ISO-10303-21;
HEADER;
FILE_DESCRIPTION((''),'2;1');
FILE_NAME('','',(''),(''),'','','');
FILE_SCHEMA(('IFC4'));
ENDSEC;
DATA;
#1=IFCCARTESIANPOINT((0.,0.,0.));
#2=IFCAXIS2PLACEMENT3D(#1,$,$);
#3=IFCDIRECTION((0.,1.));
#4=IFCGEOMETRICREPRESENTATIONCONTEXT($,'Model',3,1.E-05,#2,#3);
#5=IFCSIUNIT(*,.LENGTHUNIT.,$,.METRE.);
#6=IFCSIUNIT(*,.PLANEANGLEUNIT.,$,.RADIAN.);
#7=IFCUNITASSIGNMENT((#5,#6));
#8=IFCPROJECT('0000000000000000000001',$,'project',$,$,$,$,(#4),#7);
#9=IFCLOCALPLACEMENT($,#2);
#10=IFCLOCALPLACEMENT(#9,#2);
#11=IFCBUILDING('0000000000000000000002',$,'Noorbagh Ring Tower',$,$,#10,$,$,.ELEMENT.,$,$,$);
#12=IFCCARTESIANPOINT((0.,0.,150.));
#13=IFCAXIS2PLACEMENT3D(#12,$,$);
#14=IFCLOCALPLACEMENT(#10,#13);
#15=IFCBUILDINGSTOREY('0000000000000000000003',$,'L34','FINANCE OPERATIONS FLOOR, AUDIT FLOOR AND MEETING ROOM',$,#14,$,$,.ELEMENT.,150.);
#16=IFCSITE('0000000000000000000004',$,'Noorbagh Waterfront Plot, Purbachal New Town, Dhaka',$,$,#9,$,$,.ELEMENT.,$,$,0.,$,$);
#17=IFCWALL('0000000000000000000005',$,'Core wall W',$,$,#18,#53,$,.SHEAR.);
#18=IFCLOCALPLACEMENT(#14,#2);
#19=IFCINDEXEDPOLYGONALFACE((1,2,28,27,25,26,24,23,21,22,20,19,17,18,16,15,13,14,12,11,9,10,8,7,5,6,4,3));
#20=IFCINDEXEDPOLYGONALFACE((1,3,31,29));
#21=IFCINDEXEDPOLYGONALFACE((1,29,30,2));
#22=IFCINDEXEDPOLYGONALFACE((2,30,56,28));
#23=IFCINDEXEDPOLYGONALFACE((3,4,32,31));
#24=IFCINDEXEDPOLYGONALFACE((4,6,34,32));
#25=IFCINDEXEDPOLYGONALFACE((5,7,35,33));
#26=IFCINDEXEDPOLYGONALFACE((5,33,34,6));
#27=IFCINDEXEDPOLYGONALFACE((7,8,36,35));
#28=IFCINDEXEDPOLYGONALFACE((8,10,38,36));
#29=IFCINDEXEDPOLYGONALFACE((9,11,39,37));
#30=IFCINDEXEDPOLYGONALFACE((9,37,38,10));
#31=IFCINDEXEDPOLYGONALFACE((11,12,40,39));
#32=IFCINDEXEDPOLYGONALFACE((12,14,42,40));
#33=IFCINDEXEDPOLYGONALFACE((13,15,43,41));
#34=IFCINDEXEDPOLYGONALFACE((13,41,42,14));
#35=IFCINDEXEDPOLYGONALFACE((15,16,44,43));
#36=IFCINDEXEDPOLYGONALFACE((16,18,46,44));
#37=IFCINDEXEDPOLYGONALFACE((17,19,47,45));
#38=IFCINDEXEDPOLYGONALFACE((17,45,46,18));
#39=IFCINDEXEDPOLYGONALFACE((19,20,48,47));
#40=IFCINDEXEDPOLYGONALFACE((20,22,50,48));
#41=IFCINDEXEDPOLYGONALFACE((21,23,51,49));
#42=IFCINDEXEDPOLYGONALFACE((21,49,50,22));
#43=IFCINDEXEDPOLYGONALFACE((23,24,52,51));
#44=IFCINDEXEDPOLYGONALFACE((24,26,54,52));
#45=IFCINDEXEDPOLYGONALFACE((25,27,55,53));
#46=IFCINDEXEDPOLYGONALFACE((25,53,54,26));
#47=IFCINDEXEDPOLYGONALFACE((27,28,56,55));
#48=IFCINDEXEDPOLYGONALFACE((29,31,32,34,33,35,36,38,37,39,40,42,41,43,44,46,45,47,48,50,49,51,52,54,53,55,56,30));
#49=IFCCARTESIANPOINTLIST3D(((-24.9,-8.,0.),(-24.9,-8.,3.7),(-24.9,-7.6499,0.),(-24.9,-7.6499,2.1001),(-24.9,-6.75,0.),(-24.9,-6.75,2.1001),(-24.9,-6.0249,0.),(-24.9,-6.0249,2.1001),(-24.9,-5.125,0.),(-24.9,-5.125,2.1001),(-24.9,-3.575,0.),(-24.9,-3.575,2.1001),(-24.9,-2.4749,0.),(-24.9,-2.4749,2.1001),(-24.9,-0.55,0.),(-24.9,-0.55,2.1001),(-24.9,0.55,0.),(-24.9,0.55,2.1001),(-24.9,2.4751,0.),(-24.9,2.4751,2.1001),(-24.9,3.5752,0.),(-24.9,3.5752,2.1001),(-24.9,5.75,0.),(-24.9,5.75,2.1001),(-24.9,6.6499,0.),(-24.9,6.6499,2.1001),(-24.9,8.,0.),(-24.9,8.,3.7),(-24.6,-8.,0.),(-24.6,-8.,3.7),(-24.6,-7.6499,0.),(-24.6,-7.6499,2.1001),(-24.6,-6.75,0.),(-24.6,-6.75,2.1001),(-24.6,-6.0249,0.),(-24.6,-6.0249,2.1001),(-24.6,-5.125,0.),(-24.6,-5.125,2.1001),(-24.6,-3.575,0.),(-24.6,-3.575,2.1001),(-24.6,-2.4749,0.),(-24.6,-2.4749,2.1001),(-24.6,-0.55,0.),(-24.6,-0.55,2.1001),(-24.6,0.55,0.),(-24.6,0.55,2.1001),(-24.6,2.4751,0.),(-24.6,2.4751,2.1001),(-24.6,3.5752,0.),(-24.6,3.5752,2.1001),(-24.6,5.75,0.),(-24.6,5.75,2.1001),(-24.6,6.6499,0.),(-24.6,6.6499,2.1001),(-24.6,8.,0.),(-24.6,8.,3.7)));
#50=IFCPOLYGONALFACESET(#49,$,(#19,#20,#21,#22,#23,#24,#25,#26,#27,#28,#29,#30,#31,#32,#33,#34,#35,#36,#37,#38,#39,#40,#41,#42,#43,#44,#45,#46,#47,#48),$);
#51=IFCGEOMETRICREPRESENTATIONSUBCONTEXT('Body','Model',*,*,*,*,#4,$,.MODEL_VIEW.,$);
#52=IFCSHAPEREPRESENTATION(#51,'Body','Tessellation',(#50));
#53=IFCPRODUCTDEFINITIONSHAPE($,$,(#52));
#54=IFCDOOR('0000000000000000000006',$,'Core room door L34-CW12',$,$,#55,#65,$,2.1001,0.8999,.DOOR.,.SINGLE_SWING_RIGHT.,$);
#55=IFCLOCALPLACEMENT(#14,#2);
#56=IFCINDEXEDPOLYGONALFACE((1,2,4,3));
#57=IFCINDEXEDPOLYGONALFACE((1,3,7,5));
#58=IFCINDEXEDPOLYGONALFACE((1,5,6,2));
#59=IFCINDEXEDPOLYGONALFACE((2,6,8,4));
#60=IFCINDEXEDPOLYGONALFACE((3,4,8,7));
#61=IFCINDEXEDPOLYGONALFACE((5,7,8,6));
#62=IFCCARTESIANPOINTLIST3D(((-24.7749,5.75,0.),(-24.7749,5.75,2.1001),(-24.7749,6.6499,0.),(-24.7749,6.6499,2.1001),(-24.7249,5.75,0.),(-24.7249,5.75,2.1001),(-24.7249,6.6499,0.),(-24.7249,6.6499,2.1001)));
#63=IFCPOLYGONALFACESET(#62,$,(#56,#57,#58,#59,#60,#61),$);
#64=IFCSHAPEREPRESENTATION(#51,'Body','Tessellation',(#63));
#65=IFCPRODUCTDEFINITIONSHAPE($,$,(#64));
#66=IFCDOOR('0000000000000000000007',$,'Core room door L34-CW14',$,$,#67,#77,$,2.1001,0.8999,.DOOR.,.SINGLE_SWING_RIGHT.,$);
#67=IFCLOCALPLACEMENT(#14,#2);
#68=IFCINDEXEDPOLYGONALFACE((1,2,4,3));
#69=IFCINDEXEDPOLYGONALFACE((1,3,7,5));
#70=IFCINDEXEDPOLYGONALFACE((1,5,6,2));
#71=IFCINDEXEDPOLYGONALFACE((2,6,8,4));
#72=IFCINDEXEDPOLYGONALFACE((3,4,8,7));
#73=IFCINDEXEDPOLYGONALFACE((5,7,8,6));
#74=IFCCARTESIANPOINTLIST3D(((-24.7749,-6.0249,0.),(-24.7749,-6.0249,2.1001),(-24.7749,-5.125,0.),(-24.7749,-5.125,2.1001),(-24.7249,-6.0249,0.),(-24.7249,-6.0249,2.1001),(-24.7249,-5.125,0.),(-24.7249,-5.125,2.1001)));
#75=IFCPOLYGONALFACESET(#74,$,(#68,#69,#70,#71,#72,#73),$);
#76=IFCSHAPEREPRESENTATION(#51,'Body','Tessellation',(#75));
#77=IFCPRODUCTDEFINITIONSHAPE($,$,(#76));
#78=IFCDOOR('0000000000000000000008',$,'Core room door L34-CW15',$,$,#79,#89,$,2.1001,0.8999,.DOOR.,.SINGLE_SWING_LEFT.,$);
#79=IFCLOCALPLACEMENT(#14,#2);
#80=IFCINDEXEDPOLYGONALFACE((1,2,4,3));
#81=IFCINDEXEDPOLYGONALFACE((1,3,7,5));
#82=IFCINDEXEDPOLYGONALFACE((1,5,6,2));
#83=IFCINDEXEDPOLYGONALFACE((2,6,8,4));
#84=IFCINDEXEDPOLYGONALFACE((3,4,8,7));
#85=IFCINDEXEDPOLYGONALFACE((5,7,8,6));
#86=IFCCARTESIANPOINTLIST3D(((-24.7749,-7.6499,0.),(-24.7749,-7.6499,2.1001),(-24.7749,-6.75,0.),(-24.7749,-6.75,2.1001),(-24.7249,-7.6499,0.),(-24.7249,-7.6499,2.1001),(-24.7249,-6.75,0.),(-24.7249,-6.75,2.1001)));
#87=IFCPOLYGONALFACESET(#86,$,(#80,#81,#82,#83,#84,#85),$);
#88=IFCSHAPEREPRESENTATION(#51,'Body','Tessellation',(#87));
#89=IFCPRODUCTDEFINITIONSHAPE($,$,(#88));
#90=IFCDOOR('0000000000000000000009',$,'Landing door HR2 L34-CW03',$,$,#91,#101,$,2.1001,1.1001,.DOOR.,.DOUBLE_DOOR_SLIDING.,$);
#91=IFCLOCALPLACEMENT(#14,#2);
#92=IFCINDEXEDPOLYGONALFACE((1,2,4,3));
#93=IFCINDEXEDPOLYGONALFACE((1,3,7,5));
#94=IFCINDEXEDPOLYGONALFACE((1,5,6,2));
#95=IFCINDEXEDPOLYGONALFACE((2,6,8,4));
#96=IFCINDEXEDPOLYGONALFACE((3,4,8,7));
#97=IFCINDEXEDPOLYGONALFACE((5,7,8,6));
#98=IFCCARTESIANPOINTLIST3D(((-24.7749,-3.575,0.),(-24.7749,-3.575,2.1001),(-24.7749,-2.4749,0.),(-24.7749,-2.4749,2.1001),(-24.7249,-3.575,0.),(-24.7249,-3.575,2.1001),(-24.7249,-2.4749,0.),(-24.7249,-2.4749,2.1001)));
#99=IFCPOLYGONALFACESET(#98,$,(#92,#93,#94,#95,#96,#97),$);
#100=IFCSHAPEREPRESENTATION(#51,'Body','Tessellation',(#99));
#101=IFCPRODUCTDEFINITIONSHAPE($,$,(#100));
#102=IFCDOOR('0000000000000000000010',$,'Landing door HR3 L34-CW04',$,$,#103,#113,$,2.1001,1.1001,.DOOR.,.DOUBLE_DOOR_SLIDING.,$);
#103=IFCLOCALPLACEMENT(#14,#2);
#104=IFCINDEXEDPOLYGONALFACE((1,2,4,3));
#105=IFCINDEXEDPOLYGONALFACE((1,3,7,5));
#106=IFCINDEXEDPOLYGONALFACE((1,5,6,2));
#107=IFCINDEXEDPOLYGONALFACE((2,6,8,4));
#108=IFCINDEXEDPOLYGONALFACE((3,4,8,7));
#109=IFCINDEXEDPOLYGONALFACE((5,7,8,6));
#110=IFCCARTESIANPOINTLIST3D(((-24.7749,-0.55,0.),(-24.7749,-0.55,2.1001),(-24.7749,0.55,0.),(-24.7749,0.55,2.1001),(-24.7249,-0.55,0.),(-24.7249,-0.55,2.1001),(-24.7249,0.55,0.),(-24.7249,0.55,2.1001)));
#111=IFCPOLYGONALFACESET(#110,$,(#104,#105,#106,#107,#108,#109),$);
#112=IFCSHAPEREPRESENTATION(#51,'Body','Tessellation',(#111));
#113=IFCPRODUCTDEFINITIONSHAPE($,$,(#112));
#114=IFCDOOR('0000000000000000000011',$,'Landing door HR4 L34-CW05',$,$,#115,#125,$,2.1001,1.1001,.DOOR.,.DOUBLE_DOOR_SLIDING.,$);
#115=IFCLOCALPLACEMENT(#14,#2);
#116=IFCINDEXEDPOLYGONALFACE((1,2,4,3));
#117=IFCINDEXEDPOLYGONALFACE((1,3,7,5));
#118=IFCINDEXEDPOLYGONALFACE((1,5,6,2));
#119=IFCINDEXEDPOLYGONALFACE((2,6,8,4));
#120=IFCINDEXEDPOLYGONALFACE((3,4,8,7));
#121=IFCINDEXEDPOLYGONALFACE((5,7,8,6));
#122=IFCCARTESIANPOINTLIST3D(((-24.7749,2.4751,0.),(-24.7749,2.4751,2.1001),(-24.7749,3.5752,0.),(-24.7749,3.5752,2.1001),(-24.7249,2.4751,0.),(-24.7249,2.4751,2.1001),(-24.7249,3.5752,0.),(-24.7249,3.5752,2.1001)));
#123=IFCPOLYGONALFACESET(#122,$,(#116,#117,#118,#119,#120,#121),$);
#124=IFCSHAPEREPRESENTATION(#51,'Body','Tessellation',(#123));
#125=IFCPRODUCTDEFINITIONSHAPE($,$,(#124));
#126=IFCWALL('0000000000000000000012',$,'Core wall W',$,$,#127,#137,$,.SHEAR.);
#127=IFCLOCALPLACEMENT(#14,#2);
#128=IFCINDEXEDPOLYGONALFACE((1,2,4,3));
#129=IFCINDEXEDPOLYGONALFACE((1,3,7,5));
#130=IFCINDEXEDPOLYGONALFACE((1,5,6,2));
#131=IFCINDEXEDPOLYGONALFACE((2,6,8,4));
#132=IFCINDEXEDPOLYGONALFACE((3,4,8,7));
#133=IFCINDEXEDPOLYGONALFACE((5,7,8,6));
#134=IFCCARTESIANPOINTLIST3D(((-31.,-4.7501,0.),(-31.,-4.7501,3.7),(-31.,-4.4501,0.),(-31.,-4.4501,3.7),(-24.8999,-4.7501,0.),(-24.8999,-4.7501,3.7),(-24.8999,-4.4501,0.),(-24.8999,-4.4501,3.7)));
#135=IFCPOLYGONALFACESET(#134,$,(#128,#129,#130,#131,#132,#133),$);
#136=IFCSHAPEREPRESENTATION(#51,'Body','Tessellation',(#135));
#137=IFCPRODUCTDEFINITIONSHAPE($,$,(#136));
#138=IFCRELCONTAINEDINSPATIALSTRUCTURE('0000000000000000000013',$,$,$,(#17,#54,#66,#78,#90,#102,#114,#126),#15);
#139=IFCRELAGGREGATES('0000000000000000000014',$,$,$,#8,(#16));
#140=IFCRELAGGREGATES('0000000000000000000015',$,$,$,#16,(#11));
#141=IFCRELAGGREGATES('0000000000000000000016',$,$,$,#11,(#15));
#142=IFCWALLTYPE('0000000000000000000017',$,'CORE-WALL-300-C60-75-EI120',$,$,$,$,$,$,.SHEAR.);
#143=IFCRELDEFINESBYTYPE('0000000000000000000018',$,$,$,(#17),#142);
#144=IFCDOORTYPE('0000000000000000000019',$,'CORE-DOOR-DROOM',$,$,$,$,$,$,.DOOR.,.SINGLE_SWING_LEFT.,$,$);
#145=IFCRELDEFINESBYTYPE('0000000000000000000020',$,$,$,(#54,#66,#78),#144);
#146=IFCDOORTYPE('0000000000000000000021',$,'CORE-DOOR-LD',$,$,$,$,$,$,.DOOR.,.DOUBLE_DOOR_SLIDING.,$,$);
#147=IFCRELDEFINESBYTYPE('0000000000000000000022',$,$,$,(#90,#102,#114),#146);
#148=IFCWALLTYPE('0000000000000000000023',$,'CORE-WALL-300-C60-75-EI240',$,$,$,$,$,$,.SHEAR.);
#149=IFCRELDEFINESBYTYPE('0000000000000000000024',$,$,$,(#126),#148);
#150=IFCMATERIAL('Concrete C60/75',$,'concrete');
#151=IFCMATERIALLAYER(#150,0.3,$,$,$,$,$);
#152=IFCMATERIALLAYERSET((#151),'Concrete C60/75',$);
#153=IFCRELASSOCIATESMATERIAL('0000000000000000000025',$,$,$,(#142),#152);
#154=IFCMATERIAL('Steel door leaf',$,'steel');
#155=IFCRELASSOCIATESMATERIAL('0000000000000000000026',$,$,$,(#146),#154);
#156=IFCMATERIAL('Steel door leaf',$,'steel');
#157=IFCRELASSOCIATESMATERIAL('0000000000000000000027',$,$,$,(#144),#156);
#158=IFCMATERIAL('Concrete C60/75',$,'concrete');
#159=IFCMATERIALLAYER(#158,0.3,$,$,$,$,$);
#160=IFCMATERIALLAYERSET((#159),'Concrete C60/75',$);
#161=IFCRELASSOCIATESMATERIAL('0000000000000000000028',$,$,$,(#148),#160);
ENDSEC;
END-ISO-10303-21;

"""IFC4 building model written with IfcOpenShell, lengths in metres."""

from ifc_helpers import new_model, si_unit, direction, frame, frame_2d, origin, place, context, subcontext, project, spatial, rectangle, extrude, material, layer, layer_set, type_object, element, fill, save


model = new_model("IFC4")

# Units and contexts
model_context = context("Model", 3, precision=1e-05, world=origin(), true_north=direction((0.0, 1.0)))
body_context = subcontext(model_context, "Body", "Model", "MODEL_VIEW")
ifc_project = project(units=[si_unit("LENGTHUNIT", "METRE"), si_unit("PLANEANGLEUNIT", "RADIAN")], contexts=[model_context])

# Site, building, storey
site_placement = place(None, origin())
site = spatial("IfcSite", under=ifc_project, at=site_placement, Name="Noorbagh Waterfront Plot, Purbachal New Town, Dhaka", CompositionType="ELEMENT", RefElevation=0.0)
building_placement = place(site_placement, origin())
building = spatial("IfcBuilding", under=site, at=building_placement, Name="Noorbagh Ring Tower", CompositionType="ELEMENT")
storey_placement = place(building_placement, frame((0.0, 0.0, 150.0)))
storey = spatial("IfcBuildingStorey", under=building, at=storey_placement, Name="L34", Description="FINANCE OPERATIONS FLOOR, AUDIT FLOOR AND MEETING ROOM", CompositionType="ELEMENT", Elevation=150.0)

# Wall, openings, doors
ifc_material_1 = material(Name="Concrete C60/75", Category="concrete")
ifc_layer_1 = layer(ifc_material_1, 0.3)
ifc_layer_set_1 = layer_set([ifc_layer_1], Name="Concrete C60/75")
wall_type_1 = type_object("IfcWallType", Name="CORE-WALL-300-C60-75-EI120", PredefinedType="SHEAR", material=ifc_layer_set_1)
ifc_material_2 = material(Name="Steel door leaf", Category="steel")
door_type_1 = type_object("IfcDoorType", Name="CORE-DOOR-LD", OperationType="DOUBLE_DOOR_SLIDING", PredefinedType="DOOR", material=ifc_material_2)
wall_1_placement = place(storey_placement, frame((-24.75, -8.0, 0.0), z_axis=(0.0, 0.0, 1.0), x_axis=(0.0, 1.0, 0.0)))
wall_1 = element("IfcWall", 1, at=wall_1_placement, inside=storey, type_object=wall_type_1, Name="Core wall W", PredefinedType="SHEAR", context=body_context, shape_type="SweptSolid", body=[
    extrude(rectangle(XDim=16.0, YDim=0.3, at=frame_2d((8.0, 0.0))), origin(), (0.0, 0.0, 1.0), 3.7),
])
opening_1_placement = place(wall_1_placement, frame((4.425, 0.0, 0.0)))
opening_1 = element("IfcOpeningElement", 2, at=opening_1_placement, cuts=wall_1, PredefinedType="OPENING", context=body_context, shape_type="SweptSolid", body=[
    extrude(rectangle(XDim=1.1001, YDim=2.1001, at=frame_2d((0.55, 1.05))), frame((0.0, 0.1602, 0.0), z_axis=(0.0, -1.0, 0.0), x_axis=(1.0, 0.0, 0.0)), (0.0, 0.0, 1.0), 0.3201),
])
opening_2_placement = place(wall_1_placement, frame((7.45, 0.0, 0.0)))
opening_2 = element("IfcOpeningElement", 3, at=opening_2_placement, cuts=wall_1, PredefinedType="OPENING", context=body_context, shape_type="SweptSolid", body=[
    extrude(rectangle(XDim=1.1001, YDim=2.1001, at=frame_2d((0.55, 1.05))), frame((0.0, 0.1602, 0.0), z_axis=(0.0, -1.0, 0.0), x_axis=(1.0, 0.0, 0.0)), (0.0, 0.0, 1.0), 0.3201),
])
opening_3_placement = place(wall_1_placement, frame((10.4751, 0.0, 0.0)))
opening_3 = element("IfcOpeningElement", 4, at=opening_3_placement, cuts=wall_1, PredefinedType="OPENING", context=body_context, shape_type="SweptSolid", body=[
    extrude(rectangle(XDim=1.1001, YDim=2.1001, at=frame_2d((0.55, 1.05))), frame((0.0, 0.1602, 0.0), z_axis=(0.0, -1.0, 0.0), x_axis=(1.0, 0.0, 0.0)), (0.0, 0.0, 1.0), 0.3201),
])
opening_4_placement = place(wall_1_placement, frame((13.75, 0.0, 0.0)))
opening_4 = element("IfcOpeningElement", 5, at=opening_4_placement, cuts=wall_1, PredefinedType="OPENING", context=body_context, shape_type="SweptSolid", body=[
    extrude(rectangle(XDim=0.8999, YDim=2.1001, at=frame_2d((0.45, 1.05))), frame((0.0, 0.1602, 0.0), z_axis=(0.0, -1.0, 0.0), x_axis=(1.0, 0.0, 0.0)), (0.0, 0.0, 1.0), 0.3201),
])
opening_5_placement = place(wall_1_placement, frame((1.9751, 0.0, 0.0)))
opening_5 = element("IfcOpeningElement", 6, at=opening_5_placement, cuts=wall_1, PredefinedType="OPENING", context=body_context, shape_type="SweptSolid", body=[
    extrude(rectangle(XDim=0.8999, YDim=2.1001, at=frame_2d((0.45, 1.05))), frame((0.0, 0.1602, 0.0), z_axis=(0.0, -1.0, 0.0), x_axis=(1.0, 0.0, 0.0)), (0.0, 0.0, 1.0), 0.3201),
])
opening_6_placement = place(wall_1_placement, frame((0.3501, 0.0, 0.0)))
opening_6 = element("IfcOpeningElement", 7, at=opening_6_placement, cuts=wall_1, PredefinedType="OPENING", context=body_context, shape_type="SweptSolid", body=[
    extrude(rectangle(XDim=0.8999, YDim=2.1001, at=frame_2d((0.45, 1.05))), frame((0.0, 0.1602, 0.0), z_axis=(0.0, -1.0, 0.0), x_axis=(1.0, 0.0, 0.0)), (0.0, 0.0, 1.0), 0.3201),
])
ifc_material_3 = material(Name="Steel door leaf", Category="steel")
door_type_2 = type_object("IfcDoorType", Name="CORE-DOOR-DROOM", OperationType="SINGLE_SWING_LEFT", PredefinedType="DOOR", material=ifc_material_3)
door_1_placement = place(opening_4_placement, origin())
door_1 = element("IfcDoor", 8, at=door_1_placement, inside=storey, type_object=door_type_2, Name="Core room door L34-CW12", OperationType="SINGLE_SWING_RIGHT", OverallHeight=2.1001, OverallWidth=0.8999, PredefinedType="DOOR", context=body_context, shape_type="SweptSolid", body=[
    extrude(rectangle(XDim=0.8999, YDim=2.1001, at=frame_2d((0.45, 1.05))), frame((0.0, 0.0249, 0.0), z_axis=(0.0, -1.0, 0.0), x_axis=(1.0, 0.0, 0.0)), (0.0, 0.0, 1.0), 0.05),
])
fill(opening_4, door_1)
door_2_placement = place(opening_5_placement, origin())
door_2 = element("IfcDoor", 9, at=door_2_placement, inside=storey, type_object=door_type_2, Name="Core room door L34-CW14", OperationType="SINGLE_SWING_RIGHT", OverallHeight=2.1001, OverallWidth=0.8999, PredefinedType="DOOR", context=body_context, shape_type="SweptSolid", body=[
    extrude(rectangle(XDim=0.8999, YDim=2.1001, at=frame_2d((0.45, 1.05))), frame((0.0, 0.0249, 0.0), z_axis=(0.0, -1.0, 0.0), x_axis=(1.0, 0.0, 0.0)), (0.0, 0.0, 1.0), 0.05),
])
fill(opening_5, door_2)
door_3_placement = place(opening_6_placement, origin())
door_3 = element("IfcDoor", 10, at=door_3_placement, inside=storey, type_object=door_type_2, Name="Core room door L34-CW15", OperationType="SINGLE_SWING_LEFT", OverallHeight=2.1001, OverallWidth=0.8999, PredefinedType="DOOR", context=body_context, shape_type="SweptSolid", body=[
    extrude(rectangle(XDim=0.8999, YDim=2.1001, at=frame_2d((0.45, 1.05))), frame((0.0, 0.0249, 0.0), z_axis=(0.0, -1.0, 0.0), x_axis=(1.0, 0.0, 0.0)), (0.0, 0.0, 1.0), 0.05),
])
fill(opening_6, door_3)
door_4_placement = place(opening_1_placement, origin())
door_4 = element("IfcDoor", 11, at=door_4_placement, inside=storey, type_object=door_type_1, Name="Landing door HR2 L34-CW03", OperationType="DOUBLE_DOOR_SLIDING", OverallHeight=2.1001, OverallWidth=1.1001, PredefinedType="DOOR", context=body_context, shape_type="SweptSolid", body=[
    extrude(rectangle(XDim=1.1001, YDim=2.1001, at=frame_2d((0.55, 1.05))), frame((0.0, 0.0249, 0.0), z_axis=(0.0, -1.0, 0.0), x_axis=(1.0, 0.0, 0.0)), (0.0, 0.0, 1.0), 0.05),
])
fill(opening_1, door_4)
door_5_placement = place(opening_2_placement, origin())
door_5 = element("IfcDoor", 12, at=door_5_placement, inside=storey, type_object=door_type_1, Name="Landing door HR3 L34-CW04", OperationType="DOUBLE_DOOR_SLIDING", OverallHeight=2.1001, OverallWidth=1.1001, PredefinedType="DOOR", context=body_context, shape_type="SweptSolid", body=[
    extrude(rectangle(XDim=1.1001, YDim=2.1001, at=frame_2d((0.55, 1.05))), frame((0.0, 0.0249, 0.0), z_axis=(0.0, -1.0, 0.0), x_axis=(1.0, 0.0, 0.0)), (0.0, 0.0, 1.0), 0.05),
])
fill(opening_2, door_5)
door_6_placement = place(opening_3_placement, origin())
door_6 = element("IfcDoor", 13, at=door_6_placement, inside=storey, type_object=door_type_1, Name="Landing door HR4 L34-CW05", OperationType="DOUBLE_DOOR_SLIDING", OverallHeight=2.1001, OverallWidth=1.1001, PredefinedType="DOOR", context=body_context, shape_type="SweptSolid", body=[
    extrude(rectangle(XDim=1.1001, YDim=2.1001, at=frame_2d((0.55, 1.05))), frame((0.0, 0.0249, 0.0), z_axis=(0.0, -1.0, 0.0), x_axis=(1.0, 0.0, 0.0)), (0.0, 0.0, 1.0), 0.05),
])
fill(opening_3, door_6)

# Wall
ifc_material_4 = material(Name="Concrete C60/75", Category="concrete")
ifc_layer_2 = layer(ifc_material_4, 0.3)
ifc_layer_set_2 = layer_set([ifc_layer_2], Name="Concrete C60/75")
wall_type_2 = type_object("IfcWallType", Name="CORE-WALL-300-C60-75-EI240", PredefinedType="SHEAR", material=ifc_layer_set_2)
wall_2_placement = place(storey_placement, frame((-24.8999, -4.6001, 0.0), z_axis=(0.0, 0.0, 1.0), x_axis=(-1.0, 0.0, 0.0)))
element("IfcWall", 14, at=wall_2_placement, inside=storey, type_object=wall_type_2, Name="Core wall W", PredefinedType="SHEAR", context=body_context, shape_type="SweptSolid", body=[
    extrude(rectangle(XDim=6.1001, YDim=0.3, at=frame_2d((3.05, 0.0))), origin(), (0.0, 0.0, 1.0), 3.7),
])

save(model, "model.ifc")
